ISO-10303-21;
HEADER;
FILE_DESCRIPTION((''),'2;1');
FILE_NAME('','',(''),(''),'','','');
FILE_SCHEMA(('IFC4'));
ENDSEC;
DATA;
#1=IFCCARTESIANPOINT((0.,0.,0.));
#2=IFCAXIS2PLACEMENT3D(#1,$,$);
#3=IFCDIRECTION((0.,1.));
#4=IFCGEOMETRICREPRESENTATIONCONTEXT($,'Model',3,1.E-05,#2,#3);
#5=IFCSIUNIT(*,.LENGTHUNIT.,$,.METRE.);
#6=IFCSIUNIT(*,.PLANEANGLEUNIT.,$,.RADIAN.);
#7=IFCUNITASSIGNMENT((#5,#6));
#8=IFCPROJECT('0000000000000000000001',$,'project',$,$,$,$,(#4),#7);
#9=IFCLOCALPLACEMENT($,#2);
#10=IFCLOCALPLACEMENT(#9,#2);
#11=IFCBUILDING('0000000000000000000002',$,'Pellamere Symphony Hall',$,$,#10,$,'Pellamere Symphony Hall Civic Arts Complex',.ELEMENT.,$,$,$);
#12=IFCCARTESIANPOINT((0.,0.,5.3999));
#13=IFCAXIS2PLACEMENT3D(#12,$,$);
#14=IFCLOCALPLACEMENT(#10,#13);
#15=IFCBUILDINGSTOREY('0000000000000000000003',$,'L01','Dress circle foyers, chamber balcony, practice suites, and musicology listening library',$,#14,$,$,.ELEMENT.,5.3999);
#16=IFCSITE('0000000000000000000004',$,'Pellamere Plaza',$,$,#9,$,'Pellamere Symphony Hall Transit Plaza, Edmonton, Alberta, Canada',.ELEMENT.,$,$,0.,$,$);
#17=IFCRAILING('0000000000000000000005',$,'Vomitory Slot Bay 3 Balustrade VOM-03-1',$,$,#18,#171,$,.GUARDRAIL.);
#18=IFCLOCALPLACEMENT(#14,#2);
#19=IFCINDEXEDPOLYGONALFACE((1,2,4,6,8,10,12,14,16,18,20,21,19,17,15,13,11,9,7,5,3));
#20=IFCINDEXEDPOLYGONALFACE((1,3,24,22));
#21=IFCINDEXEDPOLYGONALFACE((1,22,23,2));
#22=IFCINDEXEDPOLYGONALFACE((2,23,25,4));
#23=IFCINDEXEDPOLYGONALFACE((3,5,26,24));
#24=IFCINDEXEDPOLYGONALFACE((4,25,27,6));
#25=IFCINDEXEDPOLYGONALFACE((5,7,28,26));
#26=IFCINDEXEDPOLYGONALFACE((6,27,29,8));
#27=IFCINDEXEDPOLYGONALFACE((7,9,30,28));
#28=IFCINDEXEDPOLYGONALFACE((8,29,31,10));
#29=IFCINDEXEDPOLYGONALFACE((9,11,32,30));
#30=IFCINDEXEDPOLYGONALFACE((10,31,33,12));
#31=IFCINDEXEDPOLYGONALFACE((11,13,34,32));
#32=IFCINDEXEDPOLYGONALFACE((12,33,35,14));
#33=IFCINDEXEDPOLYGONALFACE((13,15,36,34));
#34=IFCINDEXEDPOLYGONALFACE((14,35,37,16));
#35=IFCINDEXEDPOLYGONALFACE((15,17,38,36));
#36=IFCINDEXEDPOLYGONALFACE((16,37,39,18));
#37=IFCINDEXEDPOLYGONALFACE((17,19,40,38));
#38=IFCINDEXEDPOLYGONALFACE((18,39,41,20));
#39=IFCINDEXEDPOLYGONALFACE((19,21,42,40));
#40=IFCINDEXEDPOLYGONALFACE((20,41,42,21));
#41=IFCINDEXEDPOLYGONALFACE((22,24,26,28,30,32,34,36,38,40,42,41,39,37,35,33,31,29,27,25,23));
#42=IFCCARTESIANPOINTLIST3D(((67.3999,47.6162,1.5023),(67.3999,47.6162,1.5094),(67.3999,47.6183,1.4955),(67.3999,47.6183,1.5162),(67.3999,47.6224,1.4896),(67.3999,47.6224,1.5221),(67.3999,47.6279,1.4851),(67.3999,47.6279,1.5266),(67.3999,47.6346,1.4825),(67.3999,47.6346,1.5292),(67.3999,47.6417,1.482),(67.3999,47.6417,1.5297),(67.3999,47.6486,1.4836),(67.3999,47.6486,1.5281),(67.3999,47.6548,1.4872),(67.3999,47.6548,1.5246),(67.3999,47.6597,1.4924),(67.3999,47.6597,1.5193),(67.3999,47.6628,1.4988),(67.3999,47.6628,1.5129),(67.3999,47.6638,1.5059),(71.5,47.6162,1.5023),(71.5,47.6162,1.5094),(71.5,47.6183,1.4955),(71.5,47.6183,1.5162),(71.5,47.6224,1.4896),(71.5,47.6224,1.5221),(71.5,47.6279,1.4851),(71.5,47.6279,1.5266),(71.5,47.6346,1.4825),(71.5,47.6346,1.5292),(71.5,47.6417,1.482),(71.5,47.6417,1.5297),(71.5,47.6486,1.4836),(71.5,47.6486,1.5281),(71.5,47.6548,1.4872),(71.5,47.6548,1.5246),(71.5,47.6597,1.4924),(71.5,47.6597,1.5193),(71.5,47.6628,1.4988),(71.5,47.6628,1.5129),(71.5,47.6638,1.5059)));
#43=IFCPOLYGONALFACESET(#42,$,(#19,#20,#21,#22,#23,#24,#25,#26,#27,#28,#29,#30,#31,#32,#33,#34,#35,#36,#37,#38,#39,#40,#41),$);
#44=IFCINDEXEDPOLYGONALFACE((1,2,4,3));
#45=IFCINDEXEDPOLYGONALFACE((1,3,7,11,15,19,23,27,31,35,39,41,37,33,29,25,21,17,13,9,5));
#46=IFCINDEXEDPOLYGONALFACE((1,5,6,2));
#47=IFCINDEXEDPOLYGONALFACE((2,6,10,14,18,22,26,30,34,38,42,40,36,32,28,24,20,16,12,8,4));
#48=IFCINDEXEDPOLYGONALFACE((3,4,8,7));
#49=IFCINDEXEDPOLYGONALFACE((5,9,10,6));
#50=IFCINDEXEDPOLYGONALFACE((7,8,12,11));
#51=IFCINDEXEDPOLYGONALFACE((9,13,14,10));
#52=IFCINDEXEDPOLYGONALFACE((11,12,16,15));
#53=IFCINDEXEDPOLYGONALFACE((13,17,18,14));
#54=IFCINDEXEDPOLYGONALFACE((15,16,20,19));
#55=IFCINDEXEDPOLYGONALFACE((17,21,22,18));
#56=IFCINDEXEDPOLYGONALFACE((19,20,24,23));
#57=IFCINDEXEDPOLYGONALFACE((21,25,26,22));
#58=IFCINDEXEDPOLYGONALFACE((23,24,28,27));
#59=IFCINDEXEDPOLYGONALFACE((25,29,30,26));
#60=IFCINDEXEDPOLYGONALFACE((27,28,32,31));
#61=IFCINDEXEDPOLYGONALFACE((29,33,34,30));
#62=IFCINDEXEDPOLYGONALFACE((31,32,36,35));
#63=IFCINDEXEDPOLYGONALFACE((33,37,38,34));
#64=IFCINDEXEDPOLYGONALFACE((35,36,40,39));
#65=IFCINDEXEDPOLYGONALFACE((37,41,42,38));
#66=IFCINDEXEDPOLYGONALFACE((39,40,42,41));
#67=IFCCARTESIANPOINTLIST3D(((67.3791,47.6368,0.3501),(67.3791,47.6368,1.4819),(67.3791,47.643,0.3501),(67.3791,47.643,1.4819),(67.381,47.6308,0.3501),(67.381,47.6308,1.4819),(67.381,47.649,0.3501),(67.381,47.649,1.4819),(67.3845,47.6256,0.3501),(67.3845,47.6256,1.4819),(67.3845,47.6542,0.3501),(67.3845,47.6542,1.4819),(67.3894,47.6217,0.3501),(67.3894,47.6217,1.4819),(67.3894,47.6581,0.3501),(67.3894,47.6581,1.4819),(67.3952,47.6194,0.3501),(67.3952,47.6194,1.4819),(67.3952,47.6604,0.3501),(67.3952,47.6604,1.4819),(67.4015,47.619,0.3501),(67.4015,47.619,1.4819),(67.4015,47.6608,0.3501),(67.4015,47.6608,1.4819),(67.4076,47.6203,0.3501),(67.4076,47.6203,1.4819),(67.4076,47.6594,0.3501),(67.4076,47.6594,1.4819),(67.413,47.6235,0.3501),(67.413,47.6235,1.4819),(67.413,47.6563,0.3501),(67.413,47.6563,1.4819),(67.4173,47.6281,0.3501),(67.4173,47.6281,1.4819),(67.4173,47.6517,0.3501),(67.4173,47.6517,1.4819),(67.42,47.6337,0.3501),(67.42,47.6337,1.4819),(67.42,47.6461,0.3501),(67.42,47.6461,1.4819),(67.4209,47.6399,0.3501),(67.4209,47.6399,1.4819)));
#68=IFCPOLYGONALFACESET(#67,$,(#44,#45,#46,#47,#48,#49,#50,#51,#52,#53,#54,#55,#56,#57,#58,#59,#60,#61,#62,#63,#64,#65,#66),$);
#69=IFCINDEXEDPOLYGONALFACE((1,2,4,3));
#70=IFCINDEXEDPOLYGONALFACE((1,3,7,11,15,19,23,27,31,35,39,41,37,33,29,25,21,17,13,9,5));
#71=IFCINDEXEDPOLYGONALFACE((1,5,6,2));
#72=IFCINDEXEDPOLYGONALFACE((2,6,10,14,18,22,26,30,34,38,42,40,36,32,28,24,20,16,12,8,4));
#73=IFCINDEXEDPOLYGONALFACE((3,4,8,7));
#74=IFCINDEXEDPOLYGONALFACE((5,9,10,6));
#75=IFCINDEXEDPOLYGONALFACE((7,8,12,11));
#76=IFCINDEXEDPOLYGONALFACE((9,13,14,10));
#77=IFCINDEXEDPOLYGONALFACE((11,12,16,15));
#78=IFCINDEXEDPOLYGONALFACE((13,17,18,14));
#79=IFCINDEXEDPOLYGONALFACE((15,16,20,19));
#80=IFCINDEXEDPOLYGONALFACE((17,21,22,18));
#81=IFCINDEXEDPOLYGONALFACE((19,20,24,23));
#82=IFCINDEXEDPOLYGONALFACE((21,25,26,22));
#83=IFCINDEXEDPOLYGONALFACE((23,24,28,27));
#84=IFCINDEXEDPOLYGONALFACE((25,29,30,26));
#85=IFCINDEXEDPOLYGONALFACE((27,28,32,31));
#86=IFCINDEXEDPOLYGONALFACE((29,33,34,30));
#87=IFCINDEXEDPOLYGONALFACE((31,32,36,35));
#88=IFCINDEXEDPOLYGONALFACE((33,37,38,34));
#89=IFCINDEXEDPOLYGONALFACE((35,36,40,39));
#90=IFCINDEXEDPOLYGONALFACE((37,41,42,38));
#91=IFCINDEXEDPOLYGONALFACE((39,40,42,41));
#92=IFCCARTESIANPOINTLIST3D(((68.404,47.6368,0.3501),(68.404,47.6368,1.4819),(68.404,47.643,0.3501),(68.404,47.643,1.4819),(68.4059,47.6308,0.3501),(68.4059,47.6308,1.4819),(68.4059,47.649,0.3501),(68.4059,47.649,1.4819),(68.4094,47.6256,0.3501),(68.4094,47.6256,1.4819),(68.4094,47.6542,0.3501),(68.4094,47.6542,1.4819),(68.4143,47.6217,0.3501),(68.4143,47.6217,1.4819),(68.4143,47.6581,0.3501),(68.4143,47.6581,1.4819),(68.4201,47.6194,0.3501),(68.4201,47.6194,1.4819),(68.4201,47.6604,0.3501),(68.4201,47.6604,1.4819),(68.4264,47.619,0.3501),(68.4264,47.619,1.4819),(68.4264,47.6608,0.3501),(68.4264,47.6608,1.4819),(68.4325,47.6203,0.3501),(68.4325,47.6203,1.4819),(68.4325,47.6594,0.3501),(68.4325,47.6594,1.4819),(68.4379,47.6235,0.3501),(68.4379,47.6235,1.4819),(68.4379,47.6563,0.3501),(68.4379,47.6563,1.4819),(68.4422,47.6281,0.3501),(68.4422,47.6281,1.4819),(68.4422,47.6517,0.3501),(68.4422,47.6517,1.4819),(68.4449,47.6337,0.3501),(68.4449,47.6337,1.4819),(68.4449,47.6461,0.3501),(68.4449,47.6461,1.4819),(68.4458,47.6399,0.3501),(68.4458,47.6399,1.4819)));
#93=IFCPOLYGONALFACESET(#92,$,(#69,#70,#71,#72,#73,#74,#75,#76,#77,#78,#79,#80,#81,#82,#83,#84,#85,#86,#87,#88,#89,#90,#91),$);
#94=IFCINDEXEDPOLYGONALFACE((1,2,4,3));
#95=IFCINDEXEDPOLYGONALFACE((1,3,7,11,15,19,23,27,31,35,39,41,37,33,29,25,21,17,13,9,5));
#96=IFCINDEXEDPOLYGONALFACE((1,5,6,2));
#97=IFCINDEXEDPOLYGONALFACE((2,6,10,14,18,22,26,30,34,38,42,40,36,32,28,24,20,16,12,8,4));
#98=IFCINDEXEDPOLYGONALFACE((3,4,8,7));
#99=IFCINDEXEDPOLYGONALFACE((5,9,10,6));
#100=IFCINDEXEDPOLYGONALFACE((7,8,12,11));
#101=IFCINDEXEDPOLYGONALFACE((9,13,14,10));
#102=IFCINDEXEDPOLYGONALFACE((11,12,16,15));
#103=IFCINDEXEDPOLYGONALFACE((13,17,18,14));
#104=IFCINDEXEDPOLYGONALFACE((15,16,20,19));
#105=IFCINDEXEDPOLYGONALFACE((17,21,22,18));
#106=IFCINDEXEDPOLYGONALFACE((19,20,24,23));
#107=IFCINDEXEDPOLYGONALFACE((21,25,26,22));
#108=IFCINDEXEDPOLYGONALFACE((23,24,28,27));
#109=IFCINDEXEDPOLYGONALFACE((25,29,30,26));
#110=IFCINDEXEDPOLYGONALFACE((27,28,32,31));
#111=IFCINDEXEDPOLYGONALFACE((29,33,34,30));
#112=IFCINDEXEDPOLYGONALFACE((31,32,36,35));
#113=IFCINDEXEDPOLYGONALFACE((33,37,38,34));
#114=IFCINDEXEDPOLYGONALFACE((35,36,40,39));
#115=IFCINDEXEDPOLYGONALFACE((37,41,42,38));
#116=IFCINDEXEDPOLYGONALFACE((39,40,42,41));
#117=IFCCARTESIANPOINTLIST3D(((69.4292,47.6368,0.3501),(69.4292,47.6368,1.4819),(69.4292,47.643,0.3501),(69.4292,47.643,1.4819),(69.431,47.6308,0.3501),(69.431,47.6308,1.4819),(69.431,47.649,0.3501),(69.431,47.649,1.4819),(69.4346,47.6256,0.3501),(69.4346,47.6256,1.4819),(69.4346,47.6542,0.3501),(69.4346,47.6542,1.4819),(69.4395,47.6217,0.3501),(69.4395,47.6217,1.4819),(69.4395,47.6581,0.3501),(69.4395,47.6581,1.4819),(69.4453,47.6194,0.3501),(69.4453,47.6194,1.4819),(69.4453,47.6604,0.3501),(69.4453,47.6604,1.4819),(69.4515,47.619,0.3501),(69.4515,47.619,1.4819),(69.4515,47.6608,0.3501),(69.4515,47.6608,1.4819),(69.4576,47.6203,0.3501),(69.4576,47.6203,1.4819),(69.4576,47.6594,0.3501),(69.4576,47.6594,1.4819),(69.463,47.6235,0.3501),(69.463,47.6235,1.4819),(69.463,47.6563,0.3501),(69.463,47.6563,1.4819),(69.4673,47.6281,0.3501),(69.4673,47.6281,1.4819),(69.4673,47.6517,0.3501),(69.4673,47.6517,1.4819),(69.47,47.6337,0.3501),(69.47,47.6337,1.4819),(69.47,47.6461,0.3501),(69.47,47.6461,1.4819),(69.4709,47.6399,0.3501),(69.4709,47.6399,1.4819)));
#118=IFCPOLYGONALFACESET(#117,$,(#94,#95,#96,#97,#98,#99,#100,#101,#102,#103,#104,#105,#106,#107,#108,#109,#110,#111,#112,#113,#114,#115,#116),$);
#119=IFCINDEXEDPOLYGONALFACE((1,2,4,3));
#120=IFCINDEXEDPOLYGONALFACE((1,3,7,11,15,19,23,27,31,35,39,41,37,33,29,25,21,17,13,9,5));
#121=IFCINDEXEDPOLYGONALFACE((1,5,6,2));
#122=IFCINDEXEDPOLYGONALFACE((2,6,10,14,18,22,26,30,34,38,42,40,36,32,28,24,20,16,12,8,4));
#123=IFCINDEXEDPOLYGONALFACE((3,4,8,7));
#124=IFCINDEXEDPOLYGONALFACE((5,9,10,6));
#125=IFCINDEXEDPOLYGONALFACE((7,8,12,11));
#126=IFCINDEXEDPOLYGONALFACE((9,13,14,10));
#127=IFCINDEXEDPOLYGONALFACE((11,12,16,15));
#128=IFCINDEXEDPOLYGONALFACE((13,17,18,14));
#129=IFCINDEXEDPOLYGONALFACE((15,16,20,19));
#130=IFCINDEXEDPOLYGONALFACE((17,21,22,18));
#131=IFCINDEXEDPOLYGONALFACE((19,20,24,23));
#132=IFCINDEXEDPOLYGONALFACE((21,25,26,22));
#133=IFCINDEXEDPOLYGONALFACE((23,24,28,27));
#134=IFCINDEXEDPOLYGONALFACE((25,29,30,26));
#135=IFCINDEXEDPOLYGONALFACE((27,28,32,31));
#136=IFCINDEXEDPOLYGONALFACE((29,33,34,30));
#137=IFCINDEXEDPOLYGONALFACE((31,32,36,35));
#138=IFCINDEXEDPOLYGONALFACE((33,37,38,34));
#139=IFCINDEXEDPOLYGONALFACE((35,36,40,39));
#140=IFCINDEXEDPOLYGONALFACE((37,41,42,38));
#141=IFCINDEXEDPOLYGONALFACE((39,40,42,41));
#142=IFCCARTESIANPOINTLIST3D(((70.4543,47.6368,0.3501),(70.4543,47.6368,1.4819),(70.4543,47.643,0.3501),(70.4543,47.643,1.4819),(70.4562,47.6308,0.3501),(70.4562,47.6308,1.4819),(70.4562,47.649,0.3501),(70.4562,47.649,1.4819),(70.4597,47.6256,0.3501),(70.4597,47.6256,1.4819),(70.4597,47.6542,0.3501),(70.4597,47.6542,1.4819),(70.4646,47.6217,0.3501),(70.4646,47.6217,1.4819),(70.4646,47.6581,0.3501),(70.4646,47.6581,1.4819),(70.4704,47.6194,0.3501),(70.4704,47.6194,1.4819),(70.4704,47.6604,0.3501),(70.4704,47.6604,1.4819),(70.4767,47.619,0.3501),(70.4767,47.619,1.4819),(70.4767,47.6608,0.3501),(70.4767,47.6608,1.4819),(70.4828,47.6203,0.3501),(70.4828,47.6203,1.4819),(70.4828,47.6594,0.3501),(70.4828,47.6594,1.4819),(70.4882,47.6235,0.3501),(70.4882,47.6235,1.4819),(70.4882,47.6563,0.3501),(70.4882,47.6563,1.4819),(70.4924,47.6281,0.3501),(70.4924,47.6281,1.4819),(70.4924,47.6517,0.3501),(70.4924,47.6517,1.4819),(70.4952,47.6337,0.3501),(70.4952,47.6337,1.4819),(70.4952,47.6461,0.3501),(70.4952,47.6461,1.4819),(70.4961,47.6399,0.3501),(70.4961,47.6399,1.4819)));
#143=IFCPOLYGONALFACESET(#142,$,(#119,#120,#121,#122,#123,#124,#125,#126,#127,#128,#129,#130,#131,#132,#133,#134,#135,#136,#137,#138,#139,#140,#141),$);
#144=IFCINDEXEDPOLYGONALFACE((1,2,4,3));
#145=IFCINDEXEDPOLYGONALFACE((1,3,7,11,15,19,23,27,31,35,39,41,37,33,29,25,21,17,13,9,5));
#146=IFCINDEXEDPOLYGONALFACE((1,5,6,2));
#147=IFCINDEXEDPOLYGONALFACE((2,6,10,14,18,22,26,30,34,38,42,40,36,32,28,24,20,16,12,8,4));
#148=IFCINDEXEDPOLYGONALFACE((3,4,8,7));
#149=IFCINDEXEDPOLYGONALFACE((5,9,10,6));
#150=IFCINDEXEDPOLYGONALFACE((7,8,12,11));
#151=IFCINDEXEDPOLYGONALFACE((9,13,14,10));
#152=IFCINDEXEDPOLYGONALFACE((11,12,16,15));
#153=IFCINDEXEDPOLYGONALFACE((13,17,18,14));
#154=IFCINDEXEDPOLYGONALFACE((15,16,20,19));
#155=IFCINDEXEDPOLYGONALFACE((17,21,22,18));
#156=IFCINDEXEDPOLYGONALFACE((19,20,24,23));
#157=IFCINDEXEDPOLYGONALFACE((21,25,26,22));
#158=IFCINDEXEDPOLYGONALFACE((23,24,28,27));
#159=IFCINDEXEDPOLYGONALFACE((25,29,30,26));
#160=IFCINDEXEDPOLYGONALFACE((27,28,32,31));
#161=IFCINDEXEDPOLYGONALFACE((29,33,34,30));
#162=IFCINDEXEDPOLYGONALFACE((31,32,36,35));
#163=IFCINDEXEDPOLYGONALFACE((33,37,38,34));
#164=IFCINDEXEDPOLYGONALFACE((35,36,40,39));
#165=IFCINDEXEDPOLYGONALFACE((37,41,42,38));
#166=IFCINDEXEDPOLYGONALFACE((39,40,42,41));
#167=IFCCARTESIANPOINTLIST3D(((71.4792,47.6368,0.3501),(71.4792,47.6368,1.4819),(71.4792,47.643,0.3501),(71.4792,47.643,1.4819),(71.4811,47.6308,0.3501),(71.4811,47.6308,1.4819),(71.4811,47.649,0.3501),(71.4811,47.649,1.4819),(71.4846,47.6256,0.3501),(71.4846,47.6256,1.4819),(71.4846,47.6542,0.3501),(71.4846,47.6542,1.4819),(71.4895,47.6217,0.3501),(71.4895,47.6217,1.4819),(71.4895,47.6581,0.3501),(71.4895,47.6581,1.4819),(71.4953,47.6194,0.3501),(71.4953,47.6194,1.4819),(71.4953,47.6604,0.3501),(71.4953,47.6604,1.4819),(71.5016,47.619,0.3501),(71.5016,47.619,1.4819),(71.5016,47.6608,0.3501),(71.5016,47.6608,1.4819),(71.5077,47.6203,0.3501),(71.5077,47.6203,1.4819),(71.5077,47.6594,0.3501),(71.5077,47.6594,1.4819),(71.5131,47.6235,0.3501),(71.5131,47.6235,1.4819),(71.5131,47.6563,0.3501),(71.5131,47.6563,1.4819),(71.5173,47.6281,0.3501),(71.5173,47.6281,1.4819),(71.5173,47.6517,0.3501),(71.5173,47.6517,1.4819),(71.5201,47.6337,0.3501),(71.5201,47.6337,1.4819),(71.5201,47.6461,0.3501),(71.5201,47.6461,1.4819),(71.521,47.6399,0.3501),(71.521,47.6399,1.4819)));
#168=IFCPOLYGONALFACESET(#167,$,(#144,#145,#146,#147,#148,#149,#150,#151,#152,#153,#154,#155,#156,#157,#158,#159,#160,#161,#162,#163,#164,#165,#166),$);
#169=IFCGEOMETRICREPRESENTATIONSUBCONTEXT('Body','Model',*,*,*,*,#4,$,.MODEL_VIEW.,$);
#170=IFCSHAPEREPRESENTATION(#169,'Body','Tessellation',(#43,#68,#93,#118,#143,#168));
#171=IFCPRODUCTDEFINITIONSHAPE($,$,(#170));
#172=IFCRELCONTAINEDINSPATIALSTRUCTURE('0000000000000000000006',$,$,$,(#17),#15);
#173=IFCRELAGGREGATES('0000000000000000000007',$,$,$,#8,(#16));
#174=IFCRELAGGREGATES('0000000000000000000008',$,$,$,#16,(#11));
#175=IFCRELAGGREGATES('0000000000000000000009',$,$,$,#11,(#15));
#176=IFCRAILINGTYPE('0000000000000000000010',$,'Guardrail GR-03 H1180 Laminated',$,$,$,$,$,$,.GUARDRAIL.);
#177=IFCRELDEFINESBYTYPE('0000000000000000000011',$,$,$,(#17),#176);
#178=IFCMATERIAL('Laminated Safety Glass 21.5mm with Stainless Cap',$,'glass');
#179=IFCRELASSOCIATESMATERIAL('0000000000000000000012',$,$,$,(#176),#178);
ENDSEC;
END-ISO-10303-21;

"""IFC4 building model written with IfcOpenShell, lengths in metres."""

from ifc_helpers import new_model, si_unit, direction, frame, origin, origin_2d, place, context, subcontext, project, spatial, circle, extrude, material, type_object, element, save


model = new_model("IFC4")

# Units and contexts
model_context = context("Model", 3, precision=1e-05, world=origin(), true_north=direction((0.0, 1.0)))
body_context = subcontext(model_context, "Body", "Model", "MODEL_VIEW")
ifc_project = project(units=[si_unit("LENGTHUNIT", "METRE"), si_unit("PLANEANGLEUNIT", "RADIAN")], contexts=[model_context])

# Site, building, storey
site_placement = place(None, origin())
site = spatial("IfcSite", under=ifc_project, at=site_placement, Name="Pellamere Plaza", LongName="Pellamere Symphony Hall Transit Plaza, Edmonton, Alberta, Canada", CompositionType="ELEMENT", RefElevation=0.0)
building_placement = place(site_placement, origin())
building = spatial("IfcBuilding", under=site, at=building_placement, Name="Pellamere Symphony Hall", LongName="Pellamere Symphony Hall Civic Arts Complex", CompositionType="ELEMENT")
storey_placement = place(building_placement, frame((0.0, 0.0, 5.3999)))
storey = spatial("IfcBuildingStorey", under=building, at=storey_placement, Name="L01", Description="Dress circle foyers, chamber balcony, practice suites, and musicology listening library", CompositionType="ELEMENT", Elevation=5.3999)

# Railing
ifc_material_1 = material(Name="Laminated Safety Glass 21.5mm with Stainless Cap", Category="glass")
railing_type_1 = type_object("IfcRailingType", Name="Guardrail GR-03 H1180 Laminated", PredefinedType="GUARDRAIL", material=ifc_material_1)
railing_1_placement = place(storey_placement, frame((67.3999, 47.6399, 0.3501)))
element("IfcRailing", 1, at=railing_1_placement, inside=storey, type_object=railing_type_1, Name="Vomitory Slot Bay 3 Balustrade VOM-03-1", PredefinedType="GUARDRAIL", context=body_context, shape_type="SweptSolid", body=[
    extrude(circle(Radius=0.0239, at=origin_2d()), frame((0.0, 0.0, 1.1558), z_axis=(1.0, 0.0, 0.0), x_axis=(0.0, 1.0, 0.0)), (0.0, 0.0, 1.0), 4.1001),
    extrude(circle(Radius=0.021, at=origin_2d()), origin(), (0.0, 0.0, 1.0), 1.1318),
    extrude(circle(Radius=0.021, at=origin_2d()), frame((1.0249, 0.0, 0.0)), (0.0, 0.0, 1.0), 1.1318),
    extrude(circle(Radius=0.021, at=origin_2d()), frame((2.05, 0.0, 0.0)), (0.0, 0.0, 1.0), 1.1318),
    extrude(circle(Radius=0.021, at=origin_2d()), frame((3.0752, 0.0, 0.0)), (0.0, 0.0, 1.0), 1.1318),
    extrude(circle(Radius=0.021, at=origin_2d()), frame((4.1001, 0.0, 0.0)), (0.0, 0.0, 1.0), 1.1318),
])

save(model, "model.ifc")
